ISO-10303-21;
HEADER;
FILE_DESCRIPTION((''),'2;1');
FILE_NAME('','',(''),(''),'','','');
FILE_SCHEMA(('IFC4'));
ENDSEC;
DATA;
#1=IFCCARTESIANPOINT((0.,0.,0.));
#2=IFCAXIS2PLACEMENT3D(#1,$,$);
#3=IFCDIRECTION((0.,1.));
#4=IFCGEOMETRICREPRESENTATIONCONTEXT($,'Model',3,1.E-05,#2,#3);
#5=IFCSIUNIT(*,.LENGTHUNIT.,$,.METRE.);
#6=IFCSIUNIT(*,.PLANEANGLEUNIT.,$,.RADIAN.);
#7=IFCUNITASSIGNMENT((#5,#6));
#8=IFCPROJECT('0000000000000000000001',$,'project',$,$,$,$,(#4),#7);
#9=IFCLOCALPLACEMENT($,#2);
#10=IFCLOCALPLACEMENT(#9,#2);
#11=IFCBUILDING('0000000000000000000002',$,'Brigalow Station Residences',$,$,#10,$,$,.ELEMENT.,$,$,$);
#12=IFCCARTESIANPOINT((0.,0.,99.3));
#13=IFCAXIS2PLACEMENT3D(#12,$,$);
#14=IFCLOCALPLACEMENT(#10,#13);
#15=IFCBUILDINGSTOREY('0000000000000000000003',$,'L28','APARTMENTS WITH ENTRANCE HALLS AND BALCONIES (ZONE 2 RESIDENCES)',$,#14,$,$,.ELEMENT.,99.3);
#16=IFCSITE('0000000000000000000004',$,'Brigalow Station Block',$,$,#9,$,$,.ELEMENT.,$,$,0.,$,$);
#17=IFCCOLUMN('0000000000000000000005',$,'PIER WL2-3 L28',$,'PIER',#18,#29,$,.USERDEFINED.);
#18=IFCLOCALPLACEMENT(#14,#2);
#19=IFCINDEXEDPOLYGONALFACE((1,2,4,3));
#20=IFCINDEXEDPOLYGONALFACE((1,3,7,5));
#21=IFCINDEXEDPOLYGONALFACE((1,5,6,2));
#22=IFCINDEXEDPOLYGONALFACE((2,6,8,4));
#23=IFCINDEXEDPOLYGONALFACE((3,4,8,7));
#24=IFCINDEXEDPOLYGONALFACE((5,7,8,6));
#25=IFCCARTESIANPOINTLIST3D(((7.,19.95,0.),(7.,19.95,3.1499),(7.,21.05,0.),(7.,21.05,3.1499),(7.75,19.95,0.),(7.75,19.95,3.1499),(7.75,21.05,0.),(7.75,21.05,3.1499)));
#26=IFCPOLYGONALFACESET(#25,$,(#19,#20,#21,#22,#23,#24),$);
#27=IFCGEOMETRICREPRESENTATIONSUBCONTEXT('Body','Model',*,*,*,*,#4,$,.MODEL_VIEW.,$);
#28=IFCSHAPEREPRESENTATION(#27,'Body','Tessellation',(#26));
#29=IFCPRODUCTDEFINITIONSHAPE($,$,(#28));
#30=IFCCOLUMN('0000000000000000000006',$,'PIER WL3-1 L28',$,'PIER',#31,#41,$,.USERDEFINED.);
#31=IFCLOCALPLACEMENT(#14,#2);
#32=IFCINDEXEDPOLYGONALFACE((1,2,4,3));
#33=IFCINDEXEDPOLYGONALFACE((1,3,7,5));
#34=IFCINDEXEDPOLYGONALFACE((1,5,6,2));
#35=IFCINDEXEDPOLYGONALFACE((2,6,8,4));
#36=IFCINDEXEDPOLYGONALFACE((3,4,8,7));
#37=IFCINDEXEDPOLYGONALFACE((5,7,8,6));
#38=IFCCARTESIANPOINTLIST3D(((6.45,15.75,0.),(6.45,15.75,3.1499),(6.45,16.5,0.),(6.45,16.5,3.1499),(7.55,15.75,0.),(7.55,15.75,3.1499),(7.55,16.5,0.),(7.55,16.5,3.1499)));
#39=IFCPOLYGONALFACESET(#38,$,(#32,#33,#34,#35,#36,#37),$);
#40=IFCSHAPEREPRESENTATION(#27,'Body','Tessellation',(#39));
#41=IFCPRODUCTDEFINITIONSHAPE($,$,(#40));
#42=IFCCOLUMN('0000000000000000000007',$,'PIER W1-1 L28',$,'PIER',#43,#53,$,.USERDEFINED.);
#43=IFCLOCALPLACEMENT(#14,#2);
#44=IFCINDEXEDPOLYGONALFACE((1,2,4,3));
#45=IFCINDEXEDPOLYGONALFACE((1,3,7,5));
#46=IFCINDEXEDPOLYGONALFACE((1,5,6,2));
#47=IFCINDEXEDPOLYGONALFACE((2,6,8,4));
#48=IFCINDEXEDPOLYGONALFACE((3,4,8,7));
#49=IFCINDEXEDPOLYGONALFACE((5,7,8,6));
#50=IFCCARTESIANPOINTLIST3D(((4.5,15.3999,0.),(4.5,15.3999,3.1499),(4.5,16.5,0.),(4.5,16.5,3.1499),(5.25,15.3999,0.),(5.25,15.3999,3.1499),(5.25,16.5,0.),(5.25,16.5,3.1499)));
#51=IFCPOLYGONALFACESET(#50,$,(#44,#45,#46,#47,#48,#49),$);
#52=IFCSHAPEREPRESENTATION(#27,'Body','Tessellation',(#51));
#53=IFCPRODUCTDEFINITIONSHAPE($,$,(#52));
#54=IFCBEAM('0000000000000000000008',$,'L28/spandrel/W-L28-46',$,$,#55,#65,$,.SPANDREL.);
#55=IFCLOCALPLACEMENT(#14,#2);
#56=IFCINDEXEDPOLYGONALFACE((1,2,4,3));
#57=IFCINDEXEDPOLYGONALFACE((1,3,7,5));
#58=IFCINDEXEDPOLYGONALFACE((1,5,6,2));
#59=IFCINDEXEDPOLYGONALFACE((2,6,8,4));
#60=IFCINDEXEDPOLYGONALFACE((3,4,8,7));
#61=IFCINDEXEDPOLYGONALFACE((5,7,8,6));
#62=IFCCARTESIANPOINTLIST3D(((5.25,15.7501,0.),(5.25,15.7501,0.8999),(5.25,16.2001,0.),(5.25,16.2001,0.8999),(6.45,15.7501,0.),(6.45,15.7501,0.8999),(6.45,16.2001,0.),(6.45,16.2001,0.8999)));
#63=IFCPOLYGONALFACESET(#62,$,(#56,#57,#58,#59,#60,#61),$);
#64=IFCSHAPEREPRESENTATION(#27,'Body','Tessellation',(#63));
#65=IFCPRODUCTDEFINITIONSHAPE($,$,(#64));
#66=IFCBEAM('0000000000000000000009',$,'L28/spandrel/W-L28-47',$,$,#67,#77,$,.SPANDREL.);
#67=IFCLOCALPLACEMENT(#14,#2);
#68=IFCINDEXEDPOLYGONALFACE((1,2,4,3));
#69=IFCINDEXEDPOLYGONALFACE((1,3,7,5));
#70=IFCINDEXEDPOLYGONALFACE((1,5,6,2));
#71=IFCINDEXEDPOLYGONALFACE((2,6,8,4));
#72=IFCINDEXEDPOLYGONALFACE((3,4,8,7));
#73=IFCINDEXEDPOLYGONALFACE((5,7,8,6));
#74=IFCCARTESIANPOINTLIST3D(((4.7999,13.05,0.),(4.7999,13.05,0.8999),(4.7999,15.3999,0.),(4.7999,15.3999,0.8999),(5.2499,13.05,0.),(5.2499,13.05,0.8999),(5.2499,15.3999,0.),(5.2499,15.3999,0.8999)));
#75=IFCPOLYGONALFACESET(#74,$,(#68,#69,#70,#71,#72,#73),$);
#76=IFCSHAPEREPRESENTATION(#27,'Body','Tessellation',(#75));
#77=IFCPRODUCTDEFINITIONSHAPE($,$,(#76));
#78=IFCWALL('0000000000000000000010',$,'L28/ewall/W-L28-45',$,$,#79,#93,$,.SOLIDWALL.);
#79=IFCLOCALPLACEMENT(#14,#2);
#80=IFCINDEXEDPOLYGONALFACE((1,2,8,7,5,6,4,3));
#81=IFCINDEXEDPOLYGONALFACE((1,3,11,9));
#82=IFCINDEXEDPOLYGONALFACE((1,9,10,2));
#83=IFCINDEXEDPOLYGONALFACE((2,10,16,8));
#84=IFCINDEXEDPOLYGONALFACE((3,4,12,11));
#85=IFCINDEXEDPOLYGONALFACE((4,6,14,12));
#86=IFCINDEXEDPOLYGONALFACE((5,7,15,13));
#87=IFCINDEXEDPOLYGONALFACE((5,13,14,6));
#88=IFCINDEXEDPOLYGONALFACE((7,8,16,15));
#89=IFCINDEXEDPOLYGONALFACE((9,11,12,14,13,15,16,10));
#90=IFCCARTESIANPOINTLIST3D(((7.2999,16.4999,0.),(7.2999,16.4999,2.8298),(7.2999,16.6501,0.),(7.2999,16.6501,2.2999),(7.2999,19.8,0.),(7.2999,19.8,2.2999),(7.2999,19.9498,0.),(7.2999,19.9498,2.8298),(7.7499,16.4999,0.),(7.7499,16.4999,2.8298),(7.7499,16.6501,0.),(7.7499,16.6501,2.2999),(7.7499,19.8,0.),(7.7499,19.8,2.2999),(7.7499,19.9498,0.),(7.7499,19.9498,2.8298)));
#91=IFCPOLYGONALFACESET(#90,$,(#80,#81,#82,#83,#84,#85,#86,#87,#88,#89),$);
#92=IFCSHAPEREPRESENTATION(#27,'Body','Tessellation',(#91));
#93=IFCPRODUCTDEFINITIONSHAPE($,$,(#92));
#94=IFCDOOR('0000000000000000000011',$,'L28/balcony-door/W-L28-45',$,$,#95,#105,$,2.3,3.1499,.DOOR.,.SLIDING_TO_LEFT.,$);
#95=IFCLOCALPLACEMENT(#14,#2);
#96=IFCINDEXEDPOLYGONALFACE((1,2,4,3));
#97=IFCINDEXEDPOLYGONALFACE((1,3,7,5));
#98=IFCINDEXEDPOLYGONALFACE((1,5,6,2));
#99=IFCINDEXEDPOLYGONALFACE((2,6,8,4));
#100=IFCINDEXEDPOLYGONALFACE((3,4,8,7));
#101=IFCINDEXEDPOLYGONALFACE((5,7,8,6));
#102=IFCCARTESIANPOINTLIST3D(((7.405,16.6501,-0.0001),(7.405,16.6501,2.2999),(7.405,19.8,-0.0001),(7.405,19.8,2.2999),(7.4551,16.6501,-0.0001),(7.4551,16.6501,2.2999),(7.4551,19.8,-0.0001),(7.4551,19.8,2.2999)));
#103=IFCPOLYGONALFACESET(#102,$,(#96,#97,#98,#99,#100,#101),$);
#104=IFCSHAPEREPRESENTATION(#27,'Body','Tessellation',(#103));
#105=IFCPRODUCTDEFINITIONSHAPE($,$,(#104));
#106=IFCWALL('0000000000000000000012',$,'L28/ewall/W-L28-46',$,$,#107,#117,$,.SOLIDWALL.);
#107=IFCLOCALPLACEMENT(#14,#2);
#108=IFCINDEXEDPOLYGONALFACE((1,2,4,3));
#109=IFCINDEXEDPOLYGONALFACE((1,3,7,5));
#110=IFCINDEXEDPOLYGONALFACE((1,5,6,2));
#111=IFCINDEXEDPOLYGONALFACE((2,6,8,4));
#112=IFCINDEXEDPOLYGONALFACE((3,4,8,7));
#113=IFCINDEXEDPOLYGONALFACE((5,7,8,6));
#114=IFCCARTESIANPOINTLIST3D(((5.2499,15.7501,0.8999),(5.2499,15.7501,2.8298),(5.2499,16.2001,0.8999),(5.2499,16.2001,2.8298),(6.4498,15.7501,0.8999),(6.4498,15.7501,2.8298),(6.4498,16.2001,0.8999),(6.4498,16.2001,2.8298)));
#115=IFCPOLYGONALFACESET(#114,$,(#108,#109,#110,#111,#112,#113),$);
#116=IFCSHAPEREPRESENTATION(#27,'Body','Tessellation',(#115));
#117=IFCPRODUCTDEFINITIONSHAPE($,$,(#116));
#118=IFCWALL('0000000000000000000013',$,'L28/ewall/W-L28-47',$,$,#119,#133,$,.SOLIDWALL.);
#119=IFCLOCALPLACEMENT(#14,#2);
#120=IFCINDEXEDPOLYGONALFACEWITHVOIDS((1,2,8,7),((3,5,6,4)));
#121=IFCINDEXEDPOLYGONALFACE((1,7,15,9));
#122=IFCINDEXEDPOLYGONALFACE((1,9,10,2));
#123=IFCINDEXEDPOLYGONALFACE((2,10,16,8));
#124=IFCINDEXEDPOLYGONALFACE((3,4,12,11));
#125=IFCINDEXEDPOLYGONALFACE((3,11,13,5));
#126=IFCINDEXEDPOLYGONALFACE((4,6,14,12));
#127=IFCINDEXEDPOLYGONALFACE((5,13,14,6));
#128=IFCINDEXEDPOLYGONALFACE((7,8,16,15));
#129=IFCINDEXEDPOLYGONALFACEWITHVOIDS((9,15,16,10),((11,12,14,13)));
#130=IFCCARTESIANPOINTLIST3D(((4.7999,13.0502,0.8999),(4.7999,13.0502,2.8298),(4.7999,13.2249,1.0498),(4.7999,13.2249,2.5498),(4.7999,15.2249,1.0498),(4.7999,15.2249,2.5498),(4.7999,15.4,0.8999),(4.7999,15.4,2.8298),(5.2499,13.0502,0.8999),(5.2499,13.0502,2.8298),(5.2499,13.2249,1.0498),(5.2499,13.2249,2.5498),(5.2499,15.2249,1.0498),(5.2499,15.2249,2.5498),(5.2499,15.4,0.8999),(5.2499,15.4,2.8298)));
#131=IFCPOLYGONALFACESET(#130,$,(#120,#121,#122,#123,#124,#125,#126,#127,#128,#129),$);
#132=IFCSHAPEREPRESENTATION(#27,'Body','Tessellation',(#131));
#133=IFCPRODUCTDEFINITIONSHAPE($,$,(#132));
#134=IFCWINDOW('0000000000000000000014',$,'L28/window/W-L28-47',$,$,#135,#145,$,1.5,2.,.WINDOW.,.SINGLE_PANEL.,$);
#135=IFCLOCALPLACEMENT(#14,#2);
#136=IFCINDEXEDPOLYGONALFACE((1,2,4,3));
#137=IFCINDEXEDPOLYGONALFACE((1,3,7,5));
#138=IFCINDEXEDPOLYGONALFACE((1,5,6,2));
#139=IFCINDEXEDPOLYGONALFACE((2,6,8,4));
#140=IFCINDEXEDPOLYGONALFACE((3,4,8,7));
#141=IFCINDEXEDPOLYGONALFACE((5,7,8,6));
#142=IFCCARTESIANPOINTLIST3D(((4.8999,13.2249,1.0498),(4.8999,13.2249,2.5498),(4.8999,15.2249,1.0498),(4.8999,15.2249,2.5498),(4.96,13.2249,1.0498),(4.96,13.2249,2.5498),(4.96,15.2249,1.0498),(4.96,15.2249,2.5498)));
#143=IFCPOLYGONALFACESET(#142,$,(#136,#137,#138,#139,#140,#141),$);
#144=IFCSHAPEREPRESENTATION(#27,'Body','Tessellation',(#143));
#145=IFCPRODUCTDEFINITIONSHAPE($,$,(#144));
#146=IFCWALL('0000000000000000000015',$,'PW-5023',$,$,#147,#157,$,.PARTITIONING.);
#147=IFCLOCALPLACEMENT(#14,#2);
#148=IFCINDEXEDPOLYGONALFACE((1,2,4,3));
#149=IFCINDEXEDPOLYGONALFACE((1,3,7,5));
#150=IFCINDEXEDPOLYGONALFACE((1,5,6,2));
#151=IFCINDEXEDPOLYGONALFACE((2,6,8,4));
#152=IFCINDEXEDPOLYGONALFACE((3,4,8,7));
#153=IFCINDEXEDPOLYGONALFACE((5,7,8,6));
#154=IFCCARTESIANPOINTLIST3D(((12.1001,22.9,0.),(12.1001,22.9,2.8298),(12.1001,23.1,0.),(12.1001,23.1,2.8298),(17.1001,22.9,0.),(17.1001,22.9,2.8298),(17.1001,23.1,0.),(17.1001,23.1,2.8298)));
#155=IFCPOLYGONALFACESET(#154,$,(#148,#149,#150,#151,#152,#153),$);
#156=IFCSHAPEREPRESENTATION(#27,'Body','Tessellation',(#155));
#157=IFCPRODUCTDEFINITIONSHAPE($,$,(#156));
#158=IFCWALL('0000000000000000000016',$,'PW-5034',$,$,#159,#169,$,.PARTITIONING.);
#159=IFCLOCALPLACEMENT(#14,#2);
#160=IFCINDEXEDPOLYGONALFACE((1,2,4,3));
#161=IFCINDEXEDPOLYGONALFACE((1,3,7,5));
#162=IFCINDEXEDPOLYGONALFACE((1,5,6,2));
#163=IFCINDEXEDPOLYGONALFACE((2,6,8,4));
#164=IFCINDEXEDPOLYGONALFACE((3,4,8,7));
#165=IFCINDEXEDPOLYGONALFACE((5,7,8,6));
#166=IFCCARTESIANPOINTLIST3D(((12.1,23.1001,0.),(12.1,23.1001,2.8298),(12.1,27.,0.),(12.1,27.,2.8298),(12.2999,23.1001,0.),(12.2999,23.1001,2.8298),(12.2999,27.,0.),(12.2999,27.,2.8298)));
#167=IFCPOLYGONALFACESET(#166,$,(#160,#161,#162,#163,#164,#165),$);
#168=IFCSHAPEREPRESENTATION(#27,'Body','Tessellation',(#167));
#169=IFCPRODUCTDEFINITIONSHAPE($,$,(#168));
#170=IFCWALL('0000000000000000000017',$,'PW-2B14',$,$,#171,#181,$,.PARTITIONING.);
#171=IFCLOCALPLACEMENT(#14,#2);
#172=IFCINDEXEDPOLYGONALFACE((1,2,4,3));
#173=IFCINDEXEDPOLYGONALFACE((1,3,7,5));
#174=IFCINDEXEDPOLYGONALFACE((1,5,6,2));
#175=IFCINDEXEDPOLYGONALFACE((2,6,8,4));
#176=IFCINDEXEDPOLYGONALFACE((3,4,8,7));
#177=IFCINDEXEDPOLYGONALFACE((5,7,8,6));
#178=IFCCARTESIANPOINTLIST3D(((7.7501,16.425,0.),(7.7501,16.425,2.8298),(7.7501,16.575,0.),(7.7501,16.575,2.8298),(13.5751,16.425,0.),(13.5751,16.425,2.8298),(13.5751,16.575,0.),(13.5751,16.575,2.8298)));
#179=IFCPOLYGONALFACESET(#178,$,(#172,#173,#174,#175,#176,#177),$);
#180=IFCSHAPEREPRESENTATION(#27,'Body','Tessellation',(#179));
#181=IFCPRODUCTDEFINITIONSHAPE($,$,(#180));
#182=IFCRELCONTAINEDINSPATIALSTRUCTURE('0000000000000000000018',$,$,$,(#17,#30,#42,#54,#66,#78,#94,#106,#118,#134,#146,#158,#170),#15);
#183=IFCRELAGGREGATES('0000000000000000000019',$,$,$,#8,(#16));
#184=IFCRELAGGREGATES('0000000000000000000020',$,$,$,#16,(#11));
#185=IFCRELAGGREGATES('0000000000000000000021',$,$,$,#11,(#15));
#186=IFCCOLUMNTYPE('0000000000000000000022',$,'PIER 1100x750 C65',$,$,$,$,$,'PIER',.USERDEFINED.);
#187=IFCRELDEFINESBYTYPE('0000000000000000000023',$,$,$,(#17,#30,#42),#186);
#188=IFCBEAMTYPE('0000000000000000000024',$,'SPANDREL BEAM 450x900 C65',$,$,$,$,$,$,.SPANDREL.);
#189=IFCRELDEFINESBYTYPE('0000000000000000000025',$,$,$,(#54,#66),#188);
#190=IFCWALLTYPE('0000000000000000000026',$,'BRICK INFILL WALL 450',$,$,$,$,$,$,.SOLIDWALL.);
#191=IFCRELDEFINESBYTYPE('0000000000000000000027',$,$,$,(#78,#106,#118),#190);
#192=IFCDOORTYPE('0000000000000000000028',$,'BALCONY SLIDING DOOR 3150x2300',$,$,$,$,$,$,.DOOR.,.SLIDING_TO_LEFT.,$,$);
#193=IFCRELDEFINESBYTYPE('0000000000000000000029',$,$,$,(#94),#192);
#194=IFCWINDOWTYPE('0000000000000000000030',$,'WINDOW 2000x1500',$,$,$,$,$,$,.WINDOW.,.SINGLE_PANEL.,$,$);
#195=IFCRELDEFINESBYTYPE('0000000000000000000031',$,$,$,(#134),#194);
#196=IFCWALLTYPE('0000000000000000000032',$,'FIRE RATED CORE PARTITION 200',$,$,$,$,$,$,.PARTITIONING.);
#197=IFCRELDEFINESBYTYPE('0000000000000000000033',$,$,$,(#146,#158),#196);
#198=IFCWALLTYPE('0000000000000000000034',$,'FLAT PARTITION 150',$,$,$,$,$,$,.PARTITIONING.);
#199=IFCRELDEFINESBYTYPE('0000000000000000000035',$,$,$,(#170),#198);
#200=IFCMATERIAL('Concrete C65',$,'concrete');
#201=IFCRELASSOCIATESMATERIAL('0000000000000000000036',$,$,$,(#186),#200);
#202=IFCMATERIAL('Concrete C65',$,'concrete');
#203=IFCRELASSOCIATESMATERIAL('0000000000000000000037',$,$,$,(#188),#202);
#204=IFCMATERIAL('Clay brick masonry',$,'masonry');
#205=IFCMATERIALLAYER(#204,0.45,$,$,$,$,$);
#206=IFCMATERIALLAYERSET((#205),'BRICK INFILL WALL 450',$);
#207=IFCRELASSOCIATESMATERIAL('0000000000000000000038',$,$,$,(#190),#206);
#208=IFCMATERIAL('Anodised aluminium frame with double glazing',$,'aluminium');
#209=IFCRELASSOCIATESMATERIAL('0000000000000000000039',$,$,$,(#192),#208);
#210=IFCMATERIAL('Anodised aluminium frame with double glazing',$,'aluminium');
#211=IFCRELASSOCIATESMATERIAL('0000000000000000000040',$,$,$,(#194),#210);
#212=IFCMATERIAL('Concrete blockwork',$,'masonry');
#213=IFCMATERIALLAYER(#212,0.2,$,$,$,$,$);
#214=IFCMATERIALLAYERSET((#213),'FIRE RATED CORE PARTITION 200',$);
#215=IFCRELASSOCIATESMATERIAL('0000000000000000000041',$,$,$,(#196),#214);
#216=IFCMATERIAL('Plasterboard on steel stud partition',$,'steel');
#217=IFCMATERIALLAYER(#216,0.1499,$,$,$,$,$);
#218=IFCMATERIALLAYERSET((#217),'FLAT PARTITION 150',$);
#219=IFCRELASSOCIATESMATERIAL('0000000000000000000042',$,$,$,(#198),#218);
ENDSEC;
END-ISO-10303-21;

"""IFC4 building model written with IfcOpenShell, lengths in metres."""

from ifc_helpers import new_model, si_unit, direction, frame, frame_2d, origin, origin_2d, place, context, subcontext, project, spatial, rectangle, extrude, material, layer, layer_set, material_profile, profile_set, type_object, element, fill, save


model = new_model("IFC4")

# Units and contexts
model_context = context("Model", 3, precision=1e-05, world=origin(), true_north=direction((0.0, 1.0)))
body_context = subcontext(model_context, "Body", "Model", "MODEL_VIEW")
ifc_project = project(units=[si_unit("LENGTHUNIT", "METRE"), si_unit("PLANEANGLEUNIT", "RADIAN")], contexts=[model_context])

# Site, building, storey
site_placement = place(None, origin())
site = spatial("IfcSite", under=ifc_project, at=site_placement, Name="Brigalow Station Block", CompositionType="ELEMENT", RefElevation=0.0)
building_placement = place(site_placement, origin())
building = spatial("IfcBuilding", under=site, at=building_placement, Name="Brigalow Station Residences", CompositionType="ELEMENT")
storey_placement = place(building_placement, frame((0.0, 0.0, 99.3)))
storey = spatial("IfcBuildingStorey", under=building, at=storey_placement, Name="L28", Description="APARTMENTS WITH ENTRANCE HALLS AND BALCONIES (ZONE 2 RESIDENCES)", CompositionType="ELEMENT", Elevation=99.3)

# Columns
ifc_material_1 = material(Name="Concrete C65", Category="concrete")
ifc_material_profile_1 = material_profile(ifc_material_1, rectangle(XDim=1.1001, YDim=0.75, at=origin_2d()), Name="RC1100x750")
ifc_profile_set_1 = profile_set([ifc_material_profile_1], Name="Concrete C65")
column_type = type_object("IfcColumnType", Name="PIER 1100x750 C65", ElementType="PIER", PredefinedType="USERDEFINED", material=ifc_profile_set_1)
for number, where, z_axis, x_axis, name in (
    (1, (7.375, 20.5, 0.0), (0.0, 0.0, 1.0), (0.0, -1.0, 0.0), "PIER WL2-3 L28"),
    (2, (7.0, 16.125, 0.0), (0.0, 0.0, 1.0), (-1.0, 0.0, 0.0), "PIER WL3-1 L28"),
    (3, (4.875, 15.95, 0.0), (0.0, 0.0, 1.0), (0.0, -1.0, 0.0), "PIER W1-1 L28"),
):
    element("IfcColumn", number, at=place(storey_placement, frame(where, z_axis=z_axis, x_axis=x_axis)), inside=storey, type_object=column_type, Name=name, ObjectType="PIER", PredefinedType="USERDEFINED", context=body_context, shape_type="SweptSolid", body=[
        extrude(rectangle(XDim=1.1001, YDim=0.75, at=origin_2d()), origin(), (0.0, 0.0, 1.0), 3.1499),
    ])

# Beams
ifc_material_2 = material(Name="Concrete C65", Category="concrete")
ifc_material_profile_2 = material_profile(ifc_material_2, rectangle(XDim=0.45, YDim=0.8999, at=origin_2d()), Name="RC450x900")
ifc_profile_set_2 = profile_set([ifc_material_profile_2], Name="Concrete C65")
beam_type = type_object("IfcBeamType", Name="SPANDREL BEAM 450x900 C65", PredefinedType="SPANDREL", material=ifc_profile_set_2)
beam_1_placement = place(storey_placement, frame((6.45, 15.9751, 0.45), z_axis=(-1.0, 0.0, 0.0), x_axis=(0.0, -1.0, 0.0)))
element("IfcBeam", 4, at=beam_1_placement, inside=storey, type_object=beam_type, Name="L28/spandrel/W-L28-46", PredefinedType="SPANDREL", context=body_context, shape_type="SweptSolid", body=[
    extrude(rectangle(XDim=0.45, YDim=0.8999, at=origin_2d()), origin(), (0.0, 0.0, 1.0), 1.2),
])
beam_2_placement = place(storey_placement, frame((5.0249, 15.3999, 0.45), z_axis=(0.0, -1.0, 0.0), x_axis=(1.0, 0.0, 0.0)))
element("IfcBeam", 5, at=beam_2_placement, inside=storey, type_object=beam_type, Name="L28/spandrel/W-L28-47", PredefinedType="SPANDREL", context=body_context, shape_type="SweptSolid", body=[
    extrude(rectangle(XDim=0.45, YDim=0.8999, at=origin_2d()), origin(), (0.0, 0.0, 1.0), 2.3499),
])

# Wall, opening, door
ifc_material_3 = material(Name="Clay brick masonry", Category="masonry")
ifc_layer_1 = layer(ifc_material_3, 0.45)
ifc_layer_set_1 = layer_set([ifc_layer_1], Name="BRICK INFILL WALL 450")
wall_type_1 = type_object("IfcWallType", Name="BRICK INFILL WALL 450", PredefinedType="SOLIDWALL", material=ifc_layer_set_1)
wall_1_placement = place(storey_placement, frame((7.5249, 19.95, 0.0), z_axis=(0.0, 0.0, 1.0), x_axis=(0.0, -1.0, 0.0)))
wall_1 = element("IfcWall", 6, at=wall_1_placement, inside=storey, type_object=wall_type_1, Name="L28/ewall/W-L28-45", PredefinedType="SOLIDWALL", context=body_context, shape_type="SweptSolid", body=[
    extrude(rectangle(XDim=3.45, YDim=0.45, at=frame_2d((1.7251, 0.0))), origin(), (0.0, 0.0, 1.0), 2.8298),
])
opening_1_placement = place(wall_1_placement, frame((0.1499, 0.0, 0.0)))
opening_1 = element("IfcOpeningElement", 7, at=opening_1_placement, cuts=wall_1, PredefinedType="OPENING", context=body_context, shape_type="SweptSolid", body=[
    extrude(rectangle(XDim=3.1499, YDim=2.3, at=frame_2d((1.575, 1.1499))), frame((0.0, 0.2349, 0.0), z_axis=(0.0, -1.0, 0.0), x_axis=(1.0, 0.0, 0.0)), (0.0, 0.0, 1.0), 0.47),
])
ifc_material_4 = material(Name="Anodised aluminium frame with double glazing", Category="aluminium")
door_type_1 = type_object("IfcDoorType", Name="BALCONY SLIDING DOOR 3150x2300", OperationType="SLIDING_TO_LEFT", PredefinedType="DOOR", material=ifc_material_4)
door_1_placement = place(opening_1_placement, origin())
door_1 = element("IfcDoor", 8, at=door_1_placement, inside=storey, type_object=door_type_1, Name="L28/balcony-door/W-L28-45", OperationType="SLIDING_TO_LEFT", OverallHeight=2.3, OverallWidth=3.1499, PredefinedType="DOOR", context=body_context, shape_type="SweptSolid", body=[
    extrude(rectangle(XDim=3.1499, YDim=2.3, at=frame_2d((1.575, 1.1499))), frame((0.0, -0.0698, 0.0), z_axis=(0.0, -1.0, 0.0), x_axis=(1.0, 0.0, 0.0)), (0.0, 0.0, 1.0), 0.05),
])
fill(opening_1, door_1)

# Wall
wall_2_placement = place(storey_placement, frame((6.45, 15.9751, 0.8999), z_axis=(0.0, 0.0, 1.0), x_axis=(-1.0, 0.0, 0.0)))
element("IfcWall", 9, at=wall_2_placement, inside=storey, type_object=wall_type_1, Name="L28/ewall/W-L28-46", PredefinedType="SOLIDWALL", context=body_context, shape_type="SweptSolid", body=[
    extrude(rectangle(XDim=1.2, YDim=0.45, at=frame_2d((0.6001, 0.0))), origin(), (0.0, 0.0, 1.0), 1.9299),
])

# Wall, opening, window
wall_3_placement = place(storey_placement, frame((5.0249, 15.3999, 0.8999), z_axis=(0.0, 0.0, 1.0), x_axis=(0.0, -1.0, 0.0)))
wall_3 = element("IfcWall", 10, at=wall_3_placement, inside=storey, type_object=wall_type_1, Name="L28/ewall/W-L28-47", PredefinedType="SOLIDWALL", context=body_context, shape_type="SweptSolid", body=[
    extrude(rectangle(XDim=2.3499, YDim=0.45, at=frame_2d((1.1748, 0.0))), origin(), (0.0, 0.0, 1.0), 1.9299),
])
opening_2_placement = place(wall_3_placement, frame((0.175, 0.0, 0.1499)))
opening_2 = element("IfcOpeningElement", 11, at=opening_2_placement, cuts=wall_3, PredefinedType="OPENING", context=body_context, shape_type="SweptSolid", body=[
    extrude(rectangle(XDim=2.0, YDim=1.5, at=frame_2d((1.0, 0.75))), frame((0.0, 0.2349, 0.0), z_axis=(0.0, -1.0, 0.0), x_axis=(1.0, 0.0, 0.0)), (0.0, 0.0, 1.0), 0.47),
])
ifc_material_5 = material(Name="Anodised aluminium frame with double glazing", Category="aluminium")
window_type = type_object("IfcWindowType", Name="WINDOW 2000x1500", PartitioningType="SINGLE_PANEL", PredefinedType="WINDOW", material=ifc_material_5)
window_placement = place(opening_2_placement, origin())
window = element("IfcWindow", 12, at=window_placement, inside=storey, type_object=window_type, Name="L28/window/W-L28-47", OverallHeight=1.5, OverallWidth=2.0, PartitioningType="SINGLE_PANEL", PredefinedType="WINDOW", context=body_context, shape_type="SweptSolid", body=[
    extrude(rectangle(XDim=2.0, YDim=1.5, at=frame_2d((1.0, 0.75))), frame((0.0, -0.0649, 0.0), z_axis=(0.0, -1.0, 0.0), x_axis=(1.0, 0.0, 0.0)), (0.0, 0.0, 1.0), 0.0601),
])
fill(opening_2, window)

# Walls
ifc_material_6 = material(Name="Concrete blockwork", Category="masonry")
ifc_layer_2 = layer(ifc_material_6, 0.2)
ifc_layer_set_2 = layer_set([ifc_layer_2], Name="FIRE RATED CORE PARTITION 200")
wall_type_2 = type_object("IfcWallType", Name="FIRE RATED CORE PARTITION 200", PredefinedType="PARTITIONING", material=ifc_layer_set_2)
wall_4_placement = place(storey_placement, frame((12.1001, 23.0, 0.0), z_axis=(0.0, 0.0, 1.0), x_axis=(1.0, 0.0, 0.0)))
element("IfcWall", 13, at=wall_4_placement, inside=storey, type_object=wall_type_2, Name="PW-5023", PredefinedType="PARTITIONING", context=body_context, shape_type="SweptSolid", body=[
    extrude(rectangle(XDim=5.0, YDim=0.2, at=frame_2d((2.5, 0.0))), origin(), (0.0, 0.0, 1.0), 2.8298),
])
wall_5_placement = place(storey_placement, frame((12.2, 23.1001, 0.0), z_axis=(0.0, 0.0, 1.0), x_axis=(0.0, 1.0, 0.0)))
element("IfcWall", 14, at=wall_5_placement, inside=storey, type_object=wall_type_2, Name="PW-5034", PredefinedType="PARTITIONING", context=body_context, shape_type="SweptSolid", body=[
    extrude(rectangle(XDim=3.8999, YDim=0.2, at=frame_2d((1.95, 0.0))), origin(), (0.0, 0.0, 1.0), 2.8298),
])
ifc_material_7 = material(Name="Plasterboard on steel stud partition", Category="steel")
ifc_layer_3 = layer(ifc_material_7, 0.1499)
ifc_layer_set_3 = layer_set([ifc_layer_3], Name="FLAT PARTITION 150")
wall_type_3 = type_object("IfcWallType", Name="FLAT PARTITION 150", PredefinedType="PARTITIONING", material=ifc_layer_set_3)
wall_6_placement = place(storey_placement, frame((7.75, 16.5, 0.0), z_axis=(0.0, 0.0, 1.0), x_axis=(1.0, 0.0, 0.0)))
element("IfcWall", 15, at=wall_6_placement, inside=storey, type_object=wall_type_3, Name="PW-2B14", PredefinedType="PARTITIONING", context=body_context, shape_type="SweptSolid", body=[
    extrude(rectangle(XDim=5.825, YDim=0.1499, at=frame_2d((2.9126, 0.0))), origin(), (0.0, 0.0, 1.0), 2.8298),
])

save(model, "model.ifc")
